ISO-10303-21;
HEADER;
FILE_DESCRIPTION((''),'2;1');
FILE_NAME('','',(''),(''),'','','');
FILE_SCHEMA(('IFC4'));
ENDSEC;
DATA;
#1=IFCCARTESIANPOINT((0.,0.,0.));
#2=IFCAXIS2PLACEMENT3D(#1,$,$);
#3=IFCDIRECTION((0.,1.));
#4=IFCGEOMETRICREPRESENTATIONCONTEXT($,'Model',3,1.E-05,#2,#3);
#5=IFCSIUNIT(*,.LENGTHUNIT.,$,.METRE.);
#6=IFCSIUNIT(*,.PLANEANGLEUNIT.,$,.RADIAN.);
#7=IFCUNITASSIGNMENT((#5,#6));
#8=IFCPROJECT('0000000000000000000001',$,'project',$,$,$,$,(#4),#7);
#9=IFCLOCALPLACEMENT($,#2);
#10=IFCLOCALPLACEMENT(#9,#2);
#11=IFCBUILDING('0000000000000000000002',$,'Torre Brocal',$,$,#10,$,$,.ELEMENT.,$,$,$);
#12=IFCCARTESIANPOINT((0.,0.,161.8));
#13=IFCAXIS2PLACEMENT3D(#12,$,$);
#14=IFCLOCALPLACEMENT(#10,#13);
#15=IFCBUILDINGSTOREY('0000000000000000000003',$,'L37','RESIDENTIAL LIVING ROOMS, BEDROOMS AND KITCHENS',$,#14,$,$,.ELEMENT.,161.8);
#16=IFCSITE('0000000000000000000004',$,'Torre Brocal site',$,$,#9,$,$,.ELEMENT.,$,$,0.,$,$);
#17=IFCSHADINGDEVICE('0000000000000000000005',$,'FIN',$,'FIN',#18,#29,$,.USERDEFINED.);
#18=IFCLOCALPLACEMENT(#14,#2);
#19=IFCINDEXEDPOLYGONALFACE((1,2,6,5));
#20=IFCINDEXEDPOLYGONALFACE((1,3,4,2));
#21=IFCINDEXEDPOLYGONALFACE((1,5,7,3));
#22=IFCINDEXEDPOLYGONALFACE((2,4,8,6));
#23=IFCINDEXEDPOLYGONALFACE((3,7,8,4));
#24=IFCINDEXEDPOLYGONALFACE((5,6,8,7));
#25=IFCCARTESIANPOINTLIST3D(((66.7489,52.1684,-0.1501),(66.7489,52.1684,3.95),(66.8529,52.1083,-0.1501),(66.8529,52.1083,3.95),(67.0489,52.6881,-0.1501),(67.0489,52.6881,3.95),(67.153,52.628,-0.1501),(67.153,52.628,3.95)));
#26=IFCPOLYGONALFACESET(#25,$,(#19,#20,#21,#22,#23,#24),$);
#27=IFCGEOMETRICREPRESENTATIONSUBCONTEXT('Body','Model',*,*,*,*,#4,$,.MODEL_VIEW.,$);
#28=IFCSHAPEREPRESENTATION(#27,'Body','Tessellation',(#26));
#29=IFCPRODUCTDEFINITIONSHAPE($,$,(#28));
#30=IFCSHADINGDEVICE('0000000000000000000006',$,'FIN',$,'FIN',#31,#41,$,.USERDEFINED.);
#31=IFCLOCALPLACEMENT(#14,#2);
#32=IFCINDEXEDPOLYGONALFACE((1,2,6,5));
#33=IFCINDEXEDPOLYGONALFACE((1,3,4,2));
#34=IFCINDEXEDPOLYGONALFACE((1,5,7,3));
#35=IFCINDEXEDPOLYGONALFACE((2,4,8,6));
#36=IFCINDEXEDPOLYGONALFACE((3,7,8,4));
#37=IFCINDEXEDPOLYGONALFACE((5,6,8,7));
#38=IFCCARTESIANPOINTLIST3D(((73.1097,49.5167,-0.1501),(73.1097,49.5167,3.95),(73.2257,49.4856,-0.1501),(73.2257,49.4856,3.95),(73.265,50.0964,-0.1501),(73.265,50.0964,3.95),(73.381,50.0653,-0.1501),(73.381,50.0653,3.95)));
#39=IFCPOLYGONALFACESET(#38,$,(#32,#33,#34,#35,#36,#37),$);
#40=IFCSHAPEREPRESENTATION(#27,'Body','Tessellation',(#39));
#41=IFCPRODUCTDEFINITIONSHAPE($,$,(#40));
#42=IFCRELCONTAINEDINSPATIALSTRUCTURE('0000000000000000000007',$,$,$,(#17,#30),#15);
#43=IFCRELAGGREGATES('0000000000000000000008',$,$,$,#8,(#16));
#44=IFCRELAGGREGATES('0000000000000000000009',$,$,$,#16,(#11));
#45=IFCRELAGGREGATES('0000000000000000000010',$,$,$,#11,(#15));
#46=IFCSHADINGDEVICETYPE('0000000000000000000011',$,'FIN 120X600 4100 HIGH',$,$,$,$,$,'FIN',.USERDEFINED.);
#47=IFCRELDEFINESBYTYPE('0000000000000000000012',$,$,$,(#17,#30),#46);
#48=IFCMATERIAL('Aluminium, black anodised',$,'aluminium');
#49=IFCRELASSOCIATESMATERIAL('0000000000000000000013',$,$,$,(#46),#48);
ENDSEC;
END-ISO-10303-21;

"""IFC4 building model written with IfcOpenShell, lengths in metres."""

from ifc_helpers import new_model, si_unit, direction, frame, origin, origin_2d, place, context, subcontext, project, spatial, rectangle, extrude, material, material_profile, profile_set, type_object, element, save


model = new_model("IFC4")

# Units and contexts
model_context = context("Model", 3, precision=1e-05, world=origin(), true_north=direction((0.0, 1.0)))
body_context = subcontext(model_context, "Body", "Model", "MODEL_VIEW")
ifc_project = project(units=[si_unit("LENGTHUNIT", "METRE"), si_unit("PLANEANGLEUNIT", "RADIAN")], contexts=[model_context])

# Site, building, storey
site_placement = place(None, origin())
site = spatial("IfcSite", under=ifc_project, at=site_placement, Name="Torre Brocal site", CompositionType="ELEMENT", RefElevation=0.0)
building_placement = place(site_placement, origin())
building = spatial("IfcBuilding", under=site, at=building_placement, Name="Torre Brocal", CompositionType="ELEMENT")
storey_placement = place(building_placement, frame((0.0, 0.0, 161.8)))
storey = spatial("IfcBuildingStorey", under=building, at=storey_placement, Name="L37", Description="RESIDENTIAL LIVING ROOMS, BEDROOMS AND KITCHENS", CompositionType="ELEMENT", Elevation=161.8)

# Shading devices
ifc_material_1 = material(Name="Aluminium, black anodised", Category="aluminium")
ifc_material_profile_1 = material_profile(ifc_material_1, rectangle(XDim=0.1201, YDim=0.6001, at=origin_2d()), Name="FIN 120X600 4100 HIGH")
ifc_profile_set_1 = profile_set([ifc_material_profile_1], Name="Aluminium, black anodised")
shading_device_type = type_object("IfcShadingDeviceType", Name="FIN 120X600 4100 HIGH", ElementType="FIN", PredefinedType="USERDEFINED", material=ifc_profile_set_1)
for number, where, z_axis, x_axis, name in (
    (1, (66.9509, 52.3982, -0.1501), (0.0, 0.0, 1.0), (0.866025, -0.5, 0.0), "FIN"),
    (2, (73.2454, 49.791, -0.1501), (0.0, 0.0, 1.0), (0.965926, -0.258819, 0.0), "FIN"),
):
    element("IfcShadingDevice", number, at=place(storey_placement, frame(where, z_axis=z_axis, x_axis=x_axis)), inside=storey, type_object=shading_device_type, Name=name, ObjectType="FIN", PredefinedType="USERDEFINED", context=body_context, shape_type="SweptSolid", body=[
        extrude(rectangle(XDim=0.1201, YDim=0.6001, at=origin_2d()), origin(), (0.0, 0.0, 1.0), 4.1001),
    ])

save(model, "model.ifc")
